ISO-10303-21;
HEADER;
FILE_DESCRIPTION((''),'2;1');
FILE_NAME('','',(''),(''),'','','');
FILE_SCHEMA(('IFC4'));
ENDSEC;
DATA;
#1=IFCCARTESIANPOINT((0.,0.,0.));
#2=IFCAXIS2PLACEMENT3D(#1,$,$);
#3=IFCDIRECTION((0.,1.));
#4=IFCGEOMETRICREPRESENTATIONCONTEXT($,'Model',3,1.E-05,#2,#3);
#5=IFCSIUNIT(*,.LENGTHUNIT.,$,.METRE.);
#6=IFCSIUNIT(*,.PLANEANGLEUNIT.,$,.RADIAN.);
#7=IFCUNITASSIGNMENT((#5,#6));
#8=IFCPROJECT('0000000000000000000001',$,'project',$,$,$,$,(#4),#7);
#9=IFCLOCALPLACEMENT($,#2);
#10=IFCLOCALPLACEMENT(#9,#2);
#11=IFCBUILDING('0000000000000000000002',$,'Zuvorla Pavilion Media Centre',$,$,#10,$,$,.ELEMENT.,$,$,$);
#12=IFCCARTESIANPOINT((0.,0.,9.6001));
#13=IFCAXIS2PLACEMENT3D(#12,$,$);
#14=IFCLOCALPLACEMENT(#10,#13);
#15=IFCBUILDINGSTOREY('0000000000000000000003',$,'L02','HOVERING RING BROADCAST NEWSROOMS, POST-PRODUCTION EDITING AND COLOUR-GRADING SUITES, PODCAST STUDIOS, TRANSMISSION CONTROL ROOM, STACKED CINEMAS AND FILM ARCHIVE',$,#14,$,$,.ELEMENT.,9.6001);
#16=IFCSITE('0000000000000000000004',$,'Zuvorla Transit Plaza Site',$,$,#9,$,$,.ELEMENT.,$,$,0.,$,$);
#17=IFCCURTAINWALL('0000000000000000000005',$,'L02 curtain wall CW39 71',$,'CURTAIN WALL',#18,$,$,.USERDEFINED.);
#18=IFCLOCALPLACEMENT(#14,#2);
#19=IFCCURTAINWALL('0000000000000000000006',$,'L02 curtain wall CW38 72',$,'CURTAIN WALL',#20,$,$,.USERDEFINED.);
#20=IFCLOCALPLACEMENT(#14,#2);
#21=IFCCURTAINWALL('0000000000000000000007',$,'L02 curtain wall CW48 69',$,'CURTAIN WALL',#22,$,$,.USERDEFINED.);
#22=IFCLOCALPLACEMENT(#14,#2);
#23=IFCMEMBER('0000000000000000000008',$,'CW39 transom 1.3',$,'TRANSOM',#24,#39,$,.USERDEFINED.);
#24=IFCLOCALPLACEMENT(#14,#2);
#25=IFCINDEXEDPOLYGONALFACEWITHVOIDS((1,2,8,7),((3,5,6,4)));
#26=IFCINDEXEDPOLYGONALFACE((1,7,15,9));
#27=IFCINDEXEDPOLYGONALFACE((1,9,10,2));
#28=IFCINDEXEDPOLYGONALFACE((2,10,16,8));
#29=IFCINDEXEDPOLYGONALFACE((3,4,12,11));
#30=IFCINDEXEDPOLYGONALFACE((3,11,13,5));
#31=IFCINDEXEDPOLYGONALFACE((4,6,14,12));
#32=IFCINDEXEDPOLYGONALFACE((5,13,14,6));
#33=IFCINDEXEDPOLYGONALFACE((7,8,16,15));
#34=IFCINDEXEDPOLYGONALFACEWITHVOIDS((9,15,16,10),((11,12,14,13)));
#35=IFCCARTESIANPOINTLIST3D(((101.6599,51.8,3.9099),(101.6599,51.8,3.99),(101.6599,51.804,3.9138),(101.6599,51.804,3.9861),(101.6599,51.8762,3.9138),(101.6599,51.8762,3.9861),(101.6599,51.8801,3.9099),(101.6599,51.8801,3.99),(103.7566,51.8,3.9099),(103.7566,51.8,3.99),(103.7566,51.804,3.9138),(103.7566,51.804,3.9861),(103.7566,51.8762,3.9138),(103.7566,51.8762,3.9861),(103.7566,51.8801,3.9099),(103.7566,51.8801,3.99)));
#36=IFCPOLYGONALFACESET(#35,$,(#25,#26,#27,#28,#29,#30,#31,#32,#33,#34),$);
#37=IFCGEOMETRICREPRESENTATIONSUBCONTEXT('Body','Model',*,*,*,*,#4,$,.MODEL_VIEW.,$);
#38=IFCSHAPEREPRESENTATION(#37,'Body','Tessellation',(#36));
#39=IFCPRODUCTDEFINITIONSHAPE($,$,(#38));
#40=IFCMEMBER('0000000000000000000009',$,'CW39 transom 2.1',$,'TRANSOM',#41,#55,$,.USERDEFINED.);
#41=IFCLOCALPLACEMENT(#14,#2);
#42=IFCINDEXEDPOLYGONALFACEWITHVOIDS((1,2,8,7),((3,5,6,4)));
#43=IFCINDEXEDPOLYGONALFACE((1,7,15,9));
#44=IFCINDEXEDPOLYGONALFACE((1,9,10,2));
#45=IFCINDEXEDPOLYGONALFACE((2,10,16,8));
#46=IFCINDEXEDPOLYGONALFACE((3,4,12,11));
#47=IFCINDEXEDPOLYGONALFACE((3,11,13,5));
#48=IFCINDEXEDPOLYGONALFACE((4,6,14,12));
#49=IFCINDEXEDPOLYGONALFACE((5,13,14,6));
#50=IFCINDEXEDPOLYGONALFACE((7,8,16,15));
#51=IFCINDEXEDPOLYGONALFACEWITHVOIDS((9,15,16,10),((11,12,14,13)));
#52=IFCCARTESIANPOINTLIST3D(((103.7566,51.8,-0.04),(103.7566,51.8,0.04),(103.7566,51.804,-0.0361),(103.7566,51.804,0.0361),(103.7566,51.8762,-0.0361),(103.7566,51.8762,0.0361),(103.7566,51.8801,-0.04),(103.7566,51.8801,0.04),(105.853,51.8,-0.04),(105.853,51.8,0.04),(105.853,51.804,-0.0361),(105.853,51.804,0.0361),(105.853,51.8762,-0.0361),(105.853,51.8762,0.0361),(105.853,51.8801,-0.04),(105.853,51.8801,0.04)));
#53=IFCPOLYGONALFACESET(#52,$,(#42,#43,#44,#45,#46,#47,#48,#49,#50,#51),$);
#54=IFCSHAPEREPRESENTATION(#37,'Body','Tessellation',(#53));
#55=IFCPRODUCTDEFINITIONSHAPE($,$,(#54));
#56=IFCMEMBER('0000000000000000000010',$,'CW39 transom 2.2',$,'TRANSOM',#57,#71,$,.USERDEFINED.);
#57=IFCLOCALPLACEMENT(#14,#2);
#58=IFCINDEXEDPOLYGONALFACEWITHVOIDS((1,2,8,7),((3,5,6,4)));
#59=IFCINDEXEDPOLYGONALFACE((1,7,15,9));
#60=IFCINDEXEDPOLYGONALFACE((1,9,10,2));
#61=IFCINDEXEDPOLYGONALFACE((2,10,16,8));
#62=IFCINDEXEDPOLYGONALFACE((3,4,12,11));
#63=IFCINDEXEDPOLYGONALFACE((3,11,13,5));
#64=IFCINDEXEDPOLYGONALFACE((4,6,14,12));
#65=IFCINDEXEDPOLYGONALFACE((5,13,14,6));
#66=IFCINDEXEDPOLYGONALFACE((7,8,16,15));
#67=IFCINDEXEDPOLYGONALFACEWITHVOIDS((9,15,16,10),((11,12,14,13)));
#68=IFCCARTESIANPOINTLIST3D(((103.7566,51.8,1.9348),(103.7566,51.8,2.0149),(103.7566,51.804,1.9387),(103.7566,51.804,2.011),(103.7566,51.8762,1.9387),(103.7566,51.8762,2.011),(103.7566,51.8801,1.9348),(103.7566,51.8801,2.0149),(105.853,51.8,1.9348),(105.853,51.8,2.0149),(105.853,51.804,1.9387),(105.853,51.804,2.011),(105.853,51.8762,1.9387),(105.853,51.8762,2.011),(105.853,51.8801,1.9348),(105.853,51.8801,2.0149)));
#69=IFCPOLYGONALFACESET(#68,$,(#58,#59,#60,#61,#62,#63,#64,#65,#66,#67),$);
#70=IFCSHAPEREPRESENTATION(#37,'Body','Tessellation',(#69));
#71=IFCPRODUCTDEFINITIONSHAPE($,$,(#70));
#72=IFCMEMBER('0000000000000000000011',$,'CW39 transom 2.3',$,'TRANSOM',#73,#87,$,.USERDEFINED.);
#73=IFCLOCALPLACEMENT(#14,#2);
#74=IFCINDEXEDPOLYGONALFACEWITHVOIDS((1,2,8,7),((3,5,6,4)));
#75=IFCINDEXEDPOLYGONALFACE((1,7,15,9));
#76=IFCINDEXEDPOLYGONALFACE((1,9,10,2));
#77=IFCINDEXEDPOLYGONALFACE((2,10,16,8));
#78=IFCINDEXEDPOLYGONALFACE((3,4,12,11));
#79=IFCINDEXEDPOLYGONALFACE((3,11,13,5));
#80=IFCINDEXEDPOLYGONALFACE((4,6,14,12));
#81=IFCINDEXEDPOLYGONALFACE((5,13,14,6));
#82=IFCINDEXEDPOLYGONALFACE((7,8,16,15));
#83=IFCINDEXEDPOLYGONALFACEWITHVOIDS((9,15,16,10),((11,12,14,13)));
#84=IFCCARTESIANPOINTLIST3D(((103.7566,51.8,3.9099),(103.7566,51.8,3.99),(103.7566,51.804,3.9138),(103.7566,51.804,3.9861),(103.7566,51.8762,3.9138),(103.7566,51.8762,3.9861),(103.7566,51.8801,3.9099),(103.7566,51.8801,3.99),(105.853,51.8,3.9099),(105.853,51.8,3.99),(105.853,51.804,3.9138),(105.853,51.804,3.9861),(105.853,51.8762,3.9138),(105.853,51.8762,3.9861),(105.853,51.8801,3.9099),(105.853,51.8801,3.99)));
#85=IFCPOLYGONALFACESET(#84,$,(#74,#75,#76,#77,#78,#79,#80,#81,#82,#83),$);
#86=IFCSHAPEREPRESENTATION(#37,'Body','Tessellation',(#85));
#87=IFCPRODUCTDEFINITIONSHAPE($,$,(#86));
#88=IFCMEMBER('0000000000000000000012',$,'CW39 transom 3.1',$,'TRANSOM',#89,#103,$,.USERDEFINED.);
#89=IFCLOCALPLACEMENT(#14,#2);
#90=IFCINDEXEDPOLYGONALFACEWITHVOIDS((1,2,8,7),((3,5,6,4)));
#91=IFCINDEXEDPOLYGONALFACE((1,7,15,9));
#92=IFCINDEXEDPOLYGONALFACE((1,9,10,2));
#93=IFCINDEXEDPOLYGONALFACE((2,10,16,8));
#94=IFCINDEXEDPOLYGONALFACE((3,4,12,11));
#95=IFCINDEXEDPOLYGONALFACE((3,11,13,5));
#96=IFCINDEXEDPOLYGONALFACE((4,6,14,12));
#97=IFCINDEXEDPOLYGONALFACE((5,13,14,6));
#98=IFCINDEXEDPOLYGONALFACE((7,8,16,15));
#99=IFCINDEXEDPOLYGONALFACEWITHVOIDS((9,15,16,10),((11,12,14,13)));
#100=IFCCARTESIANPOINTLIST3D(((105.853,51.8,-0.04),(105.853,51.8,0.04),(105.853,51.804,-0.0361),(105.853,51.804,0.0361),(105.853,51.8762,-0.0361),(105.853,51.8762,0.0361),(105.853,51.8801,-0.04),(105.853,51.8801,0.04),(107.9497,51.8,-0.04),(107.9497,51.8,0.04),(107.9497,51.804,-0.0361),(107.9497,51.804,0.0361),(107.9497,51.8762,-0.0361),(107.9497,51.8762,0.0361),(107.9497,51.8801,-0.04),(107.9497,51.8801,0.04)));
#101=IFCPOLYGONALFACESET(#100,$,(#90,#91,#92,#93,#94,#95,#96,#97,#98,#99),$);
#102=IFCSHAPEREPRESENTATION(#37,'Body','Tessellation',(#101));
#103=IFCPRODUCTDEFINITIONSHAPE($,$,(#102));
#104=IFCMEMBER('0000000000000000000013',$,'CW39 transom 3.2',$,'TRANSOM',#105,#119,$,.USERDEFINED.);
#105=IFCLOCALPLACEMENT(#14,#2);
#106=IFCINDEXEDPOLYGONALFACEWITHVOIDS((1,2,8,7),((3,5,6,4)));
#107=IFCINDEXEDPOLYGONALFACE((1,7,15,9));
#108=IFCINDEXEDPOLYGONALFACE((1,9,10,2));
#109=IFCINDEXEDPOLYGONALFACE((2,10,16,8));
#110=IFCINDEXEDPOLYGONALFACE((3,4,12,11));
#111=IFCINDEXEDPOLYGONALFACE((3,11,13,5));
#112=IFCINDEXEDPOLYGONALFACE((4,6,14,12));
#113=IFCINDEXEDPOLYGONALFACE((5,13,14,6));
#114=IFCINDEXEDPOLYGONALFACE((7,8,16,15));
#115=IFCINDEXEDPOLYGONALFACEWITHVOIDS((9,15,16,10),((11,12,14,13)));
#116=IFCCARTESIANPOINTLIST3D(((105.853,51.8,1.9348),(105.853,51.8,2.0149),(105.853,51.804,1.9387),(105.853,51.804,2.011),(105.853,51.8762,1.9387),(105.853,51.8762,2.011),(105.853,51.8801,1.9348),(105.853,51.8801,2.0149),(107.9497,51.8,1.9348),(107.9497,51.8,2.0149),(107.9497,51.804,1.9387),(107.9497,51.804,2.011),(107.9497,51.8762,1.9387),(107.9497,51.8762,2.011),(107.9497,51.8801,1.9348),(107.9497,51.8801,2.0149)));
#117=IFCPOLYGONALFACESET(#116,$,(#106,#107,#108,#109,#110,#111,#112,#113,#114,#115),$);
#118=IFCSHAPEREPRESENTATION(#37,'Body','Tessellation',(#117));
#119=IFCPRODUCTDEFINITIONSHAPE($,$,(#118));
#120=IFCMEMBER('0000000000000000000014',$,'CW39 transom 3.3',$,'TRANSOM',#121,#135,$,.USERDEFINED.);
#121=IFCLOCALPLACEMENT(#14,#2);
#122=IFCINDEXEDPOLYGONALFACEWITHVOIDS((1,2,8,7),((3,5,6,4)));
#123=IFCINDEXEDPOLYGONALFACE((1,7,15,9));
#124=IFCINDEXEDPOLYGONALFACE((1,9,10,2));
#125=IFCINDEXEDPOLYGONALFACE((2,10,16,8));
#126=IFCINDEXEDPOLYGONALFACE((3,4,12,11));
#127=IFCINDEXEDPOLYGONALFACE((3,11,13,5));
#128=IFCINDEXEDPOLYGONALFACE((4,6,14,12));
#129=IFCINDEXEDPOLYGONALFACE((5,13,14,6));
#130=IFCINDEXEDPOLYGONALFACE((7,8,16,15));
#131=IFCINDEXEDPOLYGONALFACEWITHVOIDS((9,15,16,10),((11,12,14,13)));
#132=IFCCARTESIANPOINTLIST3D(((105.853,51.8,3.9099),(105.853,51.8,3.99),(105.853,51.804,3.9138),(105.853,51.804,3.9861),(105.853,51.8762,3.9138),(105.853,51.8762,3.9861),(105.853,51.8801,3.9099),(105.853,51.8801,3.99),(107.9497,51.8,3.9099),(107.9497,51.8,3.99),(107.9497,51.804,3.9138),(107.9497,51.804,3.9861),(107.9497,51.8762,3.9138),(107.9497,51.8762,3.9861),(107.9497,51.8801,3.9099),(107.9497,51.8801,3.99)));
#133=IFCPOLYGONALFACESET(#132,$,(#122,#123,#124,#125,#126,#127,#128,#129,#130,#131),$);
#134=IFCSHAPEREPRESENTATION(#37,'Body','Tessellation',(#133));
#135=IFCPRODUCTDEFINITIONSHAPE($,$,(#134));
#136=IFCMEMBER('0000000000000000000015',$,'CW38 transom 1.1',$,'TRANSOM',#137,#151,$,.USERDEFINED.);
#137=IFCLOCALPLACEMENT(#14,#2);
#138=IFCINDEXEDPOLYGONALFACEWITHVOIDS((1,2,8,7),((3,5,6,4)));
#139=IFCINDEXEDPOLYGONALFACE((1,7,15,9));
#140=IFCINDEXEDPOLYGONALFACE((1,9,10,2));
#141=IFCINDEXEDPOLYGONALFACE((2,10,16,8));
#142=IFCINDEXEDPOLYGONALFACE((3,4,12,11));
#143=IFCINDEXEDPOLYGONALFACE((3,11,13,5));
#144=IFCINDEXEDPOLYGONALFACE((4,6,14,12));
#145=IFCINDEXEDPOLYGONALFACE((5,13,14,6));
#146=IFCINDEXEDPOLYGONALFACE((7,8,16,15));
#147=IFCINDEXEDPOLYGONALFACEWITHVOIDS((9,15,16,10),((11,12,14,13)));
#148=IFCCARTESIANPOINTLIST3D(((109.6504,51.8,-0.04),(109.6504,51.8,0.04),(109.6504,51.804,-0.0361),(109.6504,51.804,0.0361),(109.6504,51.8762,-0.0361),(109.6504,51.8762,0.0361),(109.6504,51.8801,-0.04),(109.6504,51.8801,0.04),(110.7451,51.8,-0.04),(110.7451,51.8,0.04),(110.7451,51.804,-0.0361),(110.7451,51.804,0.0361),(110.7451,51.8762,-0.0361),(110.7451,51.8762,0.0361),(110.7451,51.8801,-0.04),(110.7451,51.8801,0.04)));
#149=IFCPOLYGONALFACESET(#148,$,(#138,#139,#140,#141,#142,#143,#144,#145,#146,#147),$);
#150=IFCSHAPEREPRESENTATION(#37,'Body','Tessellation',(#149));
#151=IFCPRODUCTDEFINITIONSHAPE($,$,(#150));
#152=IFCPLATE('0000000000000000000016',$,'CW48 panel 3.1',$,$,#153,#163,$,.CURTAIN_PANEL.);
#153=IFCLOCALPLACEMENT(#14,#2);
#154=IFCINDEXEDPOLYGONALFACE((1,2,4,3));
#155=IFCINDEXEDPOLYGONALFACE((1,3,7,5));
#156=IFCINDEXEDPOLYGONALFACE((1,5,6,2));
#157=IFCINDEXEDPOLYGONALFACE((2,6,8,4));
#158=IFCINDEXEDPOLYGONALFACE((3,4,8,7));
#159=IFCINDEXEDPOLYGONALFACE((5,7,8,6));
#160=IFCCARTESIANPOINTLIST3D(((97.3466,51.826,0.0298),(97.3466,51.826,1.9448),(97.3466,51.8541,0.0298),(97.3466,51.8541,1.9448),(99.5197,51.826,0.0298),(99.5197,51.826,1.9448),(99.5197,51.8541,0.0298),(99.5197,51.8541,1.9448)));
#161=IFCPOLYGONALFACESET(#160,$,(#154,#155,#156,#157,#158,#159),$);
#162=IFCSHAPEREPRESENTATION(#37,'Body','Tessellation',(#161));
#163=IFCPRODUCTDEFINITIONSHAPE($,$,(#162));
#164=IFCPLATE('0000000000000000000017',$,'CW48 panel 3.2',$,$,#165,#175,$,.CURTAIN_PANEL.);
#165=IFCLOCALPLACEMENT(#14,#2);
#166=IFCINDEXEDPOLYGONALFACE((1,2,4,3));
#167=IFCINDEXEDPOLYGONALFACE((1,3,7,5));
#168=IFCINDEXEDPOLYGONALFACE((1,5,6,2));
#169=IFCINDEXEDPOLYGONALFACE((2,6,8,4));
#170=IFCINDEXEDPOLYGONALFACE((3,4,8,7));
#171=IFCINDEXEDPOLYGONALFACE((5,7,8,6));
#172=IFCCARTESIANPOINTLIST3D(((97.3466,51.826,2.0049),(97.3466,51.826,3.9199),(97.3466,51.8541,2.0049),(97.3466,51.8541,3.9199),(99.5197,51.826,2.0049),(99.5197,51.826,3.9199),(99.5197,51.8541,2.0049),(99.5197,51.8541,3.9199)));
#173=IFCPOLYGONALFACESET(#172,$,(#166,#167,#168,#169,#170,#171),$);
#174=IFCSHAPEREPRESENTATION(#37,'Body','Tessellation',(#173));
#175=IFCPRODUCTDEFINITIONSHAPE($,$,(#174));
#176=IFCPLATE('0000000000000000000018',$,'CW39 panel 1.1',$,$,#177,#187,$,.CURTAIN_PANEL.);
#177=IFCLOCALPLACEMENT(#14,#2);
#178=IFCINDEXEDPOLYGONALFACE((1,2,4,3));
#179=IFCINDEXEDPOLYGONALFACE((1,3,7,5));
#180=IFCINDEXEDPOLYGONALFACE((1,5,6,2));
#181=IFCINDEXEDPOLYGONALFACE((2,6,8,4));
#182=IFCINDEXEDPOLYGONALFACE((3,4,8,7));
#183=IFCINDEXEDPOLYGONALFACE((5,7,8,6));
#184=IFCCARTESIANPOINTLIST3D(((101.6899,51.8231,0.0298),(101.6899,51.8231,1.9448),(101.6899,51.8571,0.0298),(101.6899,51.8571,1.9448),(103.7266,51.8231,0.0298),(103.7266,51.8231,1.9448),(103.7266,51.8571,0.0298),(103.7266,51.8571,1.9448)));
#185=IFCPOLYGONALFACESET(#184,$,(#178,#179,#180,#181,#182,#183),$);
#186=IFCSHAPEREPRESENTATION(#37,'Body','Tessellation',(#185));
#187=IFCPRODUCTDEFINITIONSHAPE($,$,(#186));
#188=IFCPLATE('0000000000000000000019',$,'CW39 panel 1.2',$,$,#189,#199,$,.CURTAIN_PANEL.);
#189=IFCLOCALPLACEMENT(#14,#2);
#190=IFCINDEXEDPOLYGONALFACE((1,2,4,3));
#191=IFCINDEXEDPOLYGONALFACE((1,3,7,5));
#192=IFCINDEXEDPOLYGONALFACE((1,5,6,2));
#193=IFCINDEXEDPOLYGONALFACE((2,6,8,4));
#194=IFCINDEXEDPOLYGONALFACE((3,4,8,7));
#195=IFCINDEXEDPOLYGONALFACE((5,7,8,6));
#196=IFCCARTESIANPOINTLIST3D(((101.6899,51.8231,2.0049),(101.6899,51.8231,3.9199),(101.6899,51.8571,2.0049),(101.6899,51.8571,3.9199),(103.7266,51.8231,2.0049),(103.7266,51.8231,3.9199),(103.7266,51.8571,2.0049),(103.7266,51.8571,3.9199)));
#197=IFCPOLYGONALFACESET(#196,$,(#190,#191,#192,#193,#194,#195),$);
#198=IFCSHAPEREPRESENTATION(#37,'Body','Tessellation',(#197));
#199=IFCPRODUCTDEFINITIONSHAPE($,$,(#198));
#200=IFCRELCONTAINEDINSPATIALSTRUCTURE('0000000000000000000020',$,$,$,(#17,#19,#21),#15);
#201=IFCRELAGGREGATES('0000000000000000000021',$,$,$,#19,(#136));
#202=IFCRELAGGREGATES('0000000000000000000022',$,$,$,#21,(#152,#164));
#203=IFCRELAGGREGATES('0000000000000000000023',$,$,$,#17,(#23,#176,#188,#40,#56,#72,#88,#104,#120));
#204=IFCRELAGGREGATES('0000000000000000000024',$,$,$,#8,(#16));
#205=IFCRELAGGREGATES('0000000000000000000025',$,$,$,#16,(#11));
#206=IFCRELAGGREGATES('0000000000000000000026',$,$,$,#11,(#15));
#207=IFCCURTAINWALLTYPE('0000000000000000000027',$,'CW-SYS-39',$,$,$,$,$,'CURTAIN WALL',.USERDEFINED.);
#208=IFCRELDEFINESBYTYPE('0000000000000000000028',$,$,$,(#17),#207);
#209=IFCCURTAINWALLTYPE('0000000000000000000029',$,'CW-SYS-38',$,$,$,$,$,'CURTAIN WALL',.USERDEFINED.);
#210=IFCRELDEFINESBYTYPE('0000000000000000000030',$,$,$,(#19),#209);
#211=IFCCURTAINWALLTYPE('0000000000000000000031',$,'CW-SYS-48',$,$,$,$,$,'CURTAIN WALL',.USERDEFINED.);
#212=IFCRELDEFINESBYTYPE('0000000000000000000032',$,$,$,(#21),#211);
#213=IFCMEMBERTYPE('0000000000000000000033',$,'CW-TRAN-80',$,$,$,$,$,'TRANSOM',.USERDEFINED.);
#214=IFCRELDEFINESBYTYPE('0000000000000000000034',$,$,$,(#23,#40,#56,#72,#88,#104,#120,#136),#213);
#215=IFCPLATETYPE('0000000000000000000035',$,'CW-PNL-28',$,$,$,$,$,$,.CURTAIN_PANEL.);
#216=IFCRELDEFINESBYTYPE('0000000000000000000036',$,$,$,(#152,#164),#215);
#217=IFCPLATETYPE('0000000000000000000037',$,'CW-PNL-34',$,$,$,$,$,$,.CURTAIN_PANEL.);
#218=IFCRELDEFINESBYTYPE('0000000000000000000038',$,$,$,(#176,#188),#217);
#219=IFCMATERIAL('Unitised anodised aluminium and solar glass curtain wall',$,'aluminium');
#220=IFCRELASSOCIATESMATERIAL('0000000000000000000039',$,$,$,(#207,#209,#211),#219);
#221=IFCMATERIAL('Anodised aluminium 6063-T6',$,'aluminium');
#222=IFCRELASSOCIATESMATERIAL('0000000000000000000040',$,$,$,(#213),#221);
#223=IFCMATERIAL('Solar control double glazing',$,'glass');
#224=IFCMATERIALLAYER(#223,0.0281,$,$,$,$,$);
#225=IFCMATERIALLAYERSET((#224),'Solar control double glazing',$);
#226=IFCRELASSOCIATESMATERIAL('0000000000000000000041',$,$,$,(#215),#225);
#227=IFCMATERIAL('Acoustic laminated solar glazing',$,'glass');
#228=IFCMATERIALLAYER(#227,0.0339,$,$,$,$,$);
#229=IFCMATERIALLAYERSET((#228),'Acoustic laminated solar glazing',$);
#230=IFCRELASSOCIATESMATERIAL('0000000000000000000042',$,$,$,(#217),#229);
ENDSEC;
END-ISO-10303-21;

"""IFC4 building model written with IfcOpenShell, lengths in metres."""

from ifc_helpers import new_model, si_unit, direction, frame, origin, origin_2d, place, context, subcontext, project, spatial, rectangle, hollow_rectangle, extrude, material, layer, layer_set, material_profile, profile_set, type_object, element, aggregate, save


model = new_model("IFC4")

# Units and contexts
model_context = context("Model", 3, precision=1e-05, world=origin(), true_north=direction((0.0, 1.0)))
body_context = subcontext(model_context, "Body", "Model", "MODEL_VIEW")
ifc_project = project(units=[si_unit("LENGTHUNIT", "METRE"), si_unit("PLANEANGLEUNIT", "RADIAN")], contexts=[model_context])

# Site, building, storey
site_placement = place(None, origin())
site = spatial("IfcSite", under=ifc_project, at=site_placement, Name="Zuvorla Transit Plaza Site", CompositionType="ELEMENT", RefElevation=0.0)
building_placement = place(site_placement, origin())
building = spatial("IfcBuilding", under=site, at=building_placement, Name="Zuvorla Pavilion Media Centre", CompositionType="ELEMENT")
storey_placement = place(building_placement, frame((0.0, 0.0, 9.6001)))
storey = spatial("IfcBuildingStorey", under=building, at=storey_placement, Name="L02", Description="HOVERING RING BROADCAST NEWSROOMS, POST-PRODUCTION EDITING AND COLOUR-GRADING SUITES, PODCAST STUDIOS, TRANSMISSION CONTROL ROOM, STACKED CINEMAS AND FILM ARCHIVE", CompositionType="ELEMENT", Elevation=9.6001)

# Curtain wall
ifc_material_1 = material(Name="Unitised anodised aluminium and solar glass curtain wall", Category="aluminium")
curtain_wall_type_1 = type_object("IfcCurtainWallType", Name="CW-SYS-39", ElementType="CURTAIN WALL", PredefinedType="USERDEFINED", material=ifc_material_1)
curtain_wall_1_placement = place(storey_placement, origin())
curtain_wall_1 = element("IfcCurtainWall", 1, at=curtain_wall_1_placement, inside=storey, type_object=curtain_wall_type_1, Name="L02 curtain wall CW39 71", ObjectType="CURTAIN WALL", PredefinedType="USERDEFINED")
ifc_material_2 = material(Name="Anodised aluminium 6063-T6", Category="aluminium")

# Curtain wall
curtain_wall_type_2 = type_object("IfcCurtainWallType", Name="CW-SYS-38", ElementType="CURTAIN WALL", PredefinedType="USERDEFINED", material=ifc_material_1)
curtain_wall_2_placement = place(storey_placement, origin())
curtain_wall_2 = element("IfcCurtainWall", 2, at=curtain_wall_2_placement, inside=storey, type_object=curtain_wall_type_2, Name="L02 curtain wall CW38 72", ObjectType="CURTAIN WALL", PredefinedType="USERDEFINED")

# Curtain wall
curtain_wall_type_3 = type_object("IfcCurtainWallType", Name="CW-SYS-48", ElementType="CURTAIN WALL", PredefinedType="USERDEFINED", material=ifc_material_1)
curtain_wall_3_placement = place(storey_placement, origin())
curtain_wall_3 = element("IfcCurtainWall", 3, at=curtain_wall_3_placement, inside=storey, type_object=curtain_wall_type_3, Name="L02 curtain wall CW48 69", ObjectType="CURTAIN WALL", PredefinedType="USERDEFINED")

# Members
ifc_material_profile_1 = material_profile(ifc_material_2, hollow_rectangle(XDim=0.0801, YDim=0.0801, WallThickness=0.0039, at=origin_2d()), Name="ALU TRAN 80x80")
ifc_profile_set_1 = profile_set([ifc_material_profile_1], Name="Anodised aluminium 6063-T6")
member_type_1 = type_object("IfcMemberType", Name="CW-TRAN-80", ElementType="TRANSOM", PredefinedType="USERDEFINED", material=ifc_profile_set_1)
member_1_placement = place(storey_placement, frame((101.6599, 51.8401, 3.95), z_axis=(1.0, 0.0, 0.0), x_axis=(0.0, 1.0, 0.0)))
member_1 = element("IfcMember", 4, at=member_1_placement, type_object=member_type_1, Name="CW39 transom 1.3", ObjectType="TRANSOM", PredefinedType="USERDEFINED", context=body_context, shape_type="SweptSolid", body=[
    extrude(hollow_rectangle(XDim=0.0801, YDim=0.0801, WallThickness=0.0039, at=origin_2d()), origin(), (0.0, 0.0, 1.0), 2.0967),
])
member_2_placement = place(storey_placement, frame((103.7566, 51.8401, 0.0), z_axis=(1.0, 0.0, 0.0), x_axis=(0.0, 1.0, 0.0)))
member_2 = element("IfcMember", 5, at=member_2_placement, type_object=member_type_1, Name="CW39 transom 2.1", ObjectType="TRANSOM", PredefinedType="USERDEFINED", context=body_context, shape_type="SweptSolid", body=[
    extrude(hollow_rectangle(XDim=0.0801, YDim=0.0801, WallThickness=0.0039, at=origin_2d()), origin(), (0.0, 0.0, 1.0), 2.0964),
])
member_3_placement = place(storey_placement, frame((103.7566, 51.8401, 1.9749), z_axis=(1.0, 0.0, 0.0), x_axis=(0.0, 1.0, 0.0)))
member_3 = element("IfcMember", 6, at=member_3_placement, type_object=member_type_1, Name="CW39 transom 2.2", ObjectType="TRANSOM", PredefinedType="USERDEFINED", context=body_context, shape_type="SweptSolid", body=[
    extrude(hollow_rectangle(XDim=0.0801, YDim=0.0801, WallThickness=0.0039, at=origin_2d()), origin(), (0.0, 0.0, 1.0), 2.0964),
])
member_4_placement = place(storey_placement, frame((103.7566, 51.8401, 3.95), z_axis=(1.0, 0.0, 0.0), x_axis=(0.0, 1.0, 0.0)))
member_4 = element("IfcMember", 7, at=member_4_placement, type_object=member_type_1, Name="CW39 transom 2.3", ObjectType="TRANSOM", PredefinedType="USERDEFINED", context=body_context, shape_type="SweptSolid", body=[
    extrude(hollow_rectangle(XDim=0.0801, YDim=0.0801, WallThickness=0.0039, at=origin_2d()), origin(), (0.0, 0.0, 1.0), 2.0964),
])
member_5_placement = place(storey_placement, frame((105.853, 51.8401, 0.0), z_axis=(1.0, 0.0, 0.0), x_axis=(0.0, 1.0, 0.0)))
member_5 = element("IfcMember", 8, at=member_5_placement, type_object=member_type_1, Name="CW39 transom 3.1", ObjectType="TRANSOM", PredefinedType="USERDEFINED", context=body_context, shape_type="SweptSolid", body=[
    extrude(hollow_rectangle(XDim=0.0801, YDim=0.0801, WallThickness=0.0039, at=origin_2d()), origin(), (0.0, 0.0, 1.0), 2.0967),
])
member_6_placement = place(storey_placement, frame((105.853, 51.8401, 1.9749), z_axis=(1.0, 0.0, 0.0), x_axis=(0.0, 1.0, 0.0)))
member_6 = element("IfcMember", 9, at=member_6_placement, type_object=member_type_1, Name="CW39 transom 3.2", ObjectType="TRANSOM", PredefinedType="USERDEFINED", context=body_context, shape_type="SweptSolid", body=[
    extrude(hollow_rectangle(XDim=0.0801, YDim=0.0801, WallThickness=0.0039, at=origin_2d()), origin(), (0.0, 0.0, 1.0), 2.0967),
])
member_7_placement = place(storey_placement, frame((105.853, 51.8401, 3.95), z_axis=(1.0, 0.0, 0.0), x_axis=(0.0, 1.0, 0.0)))
member_7 = element("IfcMember", 10, at=member_7_placement, type_object=member_type_1, Name="CW39 transom 3.3", ObjectType="TRANSOM", PredefinedType="USERDEFINED", context=body_context, shape_type="SweptSolid", body=[
    extrude(hollow_rectangle(XDim=0.0801, YDim=0.0801, WallThickness=0.0039, at=origin_2d()), origin(), (0.0, 0.0, 1.0), 2.0967),
])
member_8_placement = place(storey_placement, frame((109.6504, 51.8401, 0.0), z_axis=(1.0, 0.0, 0.0), x_axis=(0.0, 1.0, 0.0)))
member_8 = element("IfcMember", 11, at=member_8_placement, type_object=member_type_1, Name="CW38 transom 1.1", ObjectType="TRANSOM", PredefinedType="USERDEFINED", context=body_context, shape_type="SweptSolid", body=[
    extrude(hollow_rectangle(XDim=0.0801, YDim=0.0801, WallThickness=0.0039, at=origin_2d()), origin(), (0.0, 0.0, 1.0), 1.0947),
])
aggregate(curtain_wall_2, [member_8])

# Plates
ifc_material_3 = material(Name="Solar control double glazing", Category="glass")
ifc_layer_1 = layer(ifc_material_3, 0.0281)
ifc_layer_set_1 = layer_set([ifc_layer_1], Name="Solar control double glazing")
plate_type_1 = type_object("IfcPlateType", Name="CW-PNL-28", PredefinedType="CURTAIN_PANEL", material=ifc_layer_set_1)
plate_1_placement = place(storey_placement, frame((98.4331, 51.8401, 0.0298), z_axis=(0.0, 0.0, 1.0), x_axis=(1.0, 0.0, 0.0)))
plate_1 = element("IfcPlate", 12, at=plate_1_placement, type_object=plate_type_1, Name="CW48 panel 3.1", PredefinedType="CURTAIN_PANEL", context=body_context, shape_type="SweptSolid", body=[
    extrude(rectangle(XDim=2.1731, YDim=0.0281, at=origin_2d()), origin(), (0.0, 0.0, 1.0), 1.915),
])
plate_2_placement = place(storey_placement, frame((98.4331, 51.8401, 2.0049), z_axis=(0.0, 0.0, 1.0), x_axis=(1.0, 0.0, 0.0)))
plate_2 = element("IfcPlate", 13, at=plate_2_placement, type_object=plate_type_1, Name="CW48 panel 3.2", PredefinedType="CURTAIN_PANEL", context=body_context, shape_type="SweptSolid", body=[
    extrude(rectangle(XDim=2.1731, YDim=0.0281, at=origin_2d()), origin(), (0.0, 0.0, 1.0), 1.915),
])
aggregate(curtain_wall_3, [plate_1, plate_2])
ifc_material_4 = material(Name="Acoustic laminated solar glazing", Category="glass")
ifc_layer_2 = layer(ifc_material_4, 0.0339)
ifc_layer_set_2 = layer_set([ifc_layer_2], Name="Acoustic laminated solar glazing")
plate_type_2 = type_object("IfcPlateType", Name="CW-PNL-34", PredefinedType="CURTAIN_PANEL", material=ifc_layer_set_2)
plate_3_placement = place(storey_placement, frame((102.7083, 51.8401, 0.0298), z_axis=(0.0, 0.0, 1.0), x_axis=(1.0, 0.0, 0.0)))
plate_3 = element("IfcPlate", 14, at=plate_3_placement, type_object=plate_type_2, Name="CW39 panel 1.1", PredefinedType="CURTAIN_PANEL", context=body_context, shape_type="SweptSolid", body=[
    extrude(rectangle(XDim=2.0366, YDim=0.0339, at=origin_2d()), origin(), (0.0, 0.0, 1.0), 1.915),
])
plate_4_placement = place(storey_placement, frame((102.7083, 51.8401, 2.0049), z_axis=(0.0, 0.0, 1.0), x_axis=(1.0, 0.0, 0.0)))
plate_4 = element("IfcPlate", 15, at=plate_4_placement, type_object=plate_type_2, Name="CW39 panel 1.2", PredefinedType="CURTAIN_PANEL", context=body_context, shape_type="SweptSolid", body=[
    extrude(rectangle(XDim=2.0366, YDim=0.0339, at=origin_2d()), origin(), (0.0, 0.0, 1.0), 1.915),
])
aggregate(curtain_wall_1, [member_1, plate_3, plate_4, member_2, member_3, member_4, member_5, member_6, member_7])

save(model, "model.ifc")
